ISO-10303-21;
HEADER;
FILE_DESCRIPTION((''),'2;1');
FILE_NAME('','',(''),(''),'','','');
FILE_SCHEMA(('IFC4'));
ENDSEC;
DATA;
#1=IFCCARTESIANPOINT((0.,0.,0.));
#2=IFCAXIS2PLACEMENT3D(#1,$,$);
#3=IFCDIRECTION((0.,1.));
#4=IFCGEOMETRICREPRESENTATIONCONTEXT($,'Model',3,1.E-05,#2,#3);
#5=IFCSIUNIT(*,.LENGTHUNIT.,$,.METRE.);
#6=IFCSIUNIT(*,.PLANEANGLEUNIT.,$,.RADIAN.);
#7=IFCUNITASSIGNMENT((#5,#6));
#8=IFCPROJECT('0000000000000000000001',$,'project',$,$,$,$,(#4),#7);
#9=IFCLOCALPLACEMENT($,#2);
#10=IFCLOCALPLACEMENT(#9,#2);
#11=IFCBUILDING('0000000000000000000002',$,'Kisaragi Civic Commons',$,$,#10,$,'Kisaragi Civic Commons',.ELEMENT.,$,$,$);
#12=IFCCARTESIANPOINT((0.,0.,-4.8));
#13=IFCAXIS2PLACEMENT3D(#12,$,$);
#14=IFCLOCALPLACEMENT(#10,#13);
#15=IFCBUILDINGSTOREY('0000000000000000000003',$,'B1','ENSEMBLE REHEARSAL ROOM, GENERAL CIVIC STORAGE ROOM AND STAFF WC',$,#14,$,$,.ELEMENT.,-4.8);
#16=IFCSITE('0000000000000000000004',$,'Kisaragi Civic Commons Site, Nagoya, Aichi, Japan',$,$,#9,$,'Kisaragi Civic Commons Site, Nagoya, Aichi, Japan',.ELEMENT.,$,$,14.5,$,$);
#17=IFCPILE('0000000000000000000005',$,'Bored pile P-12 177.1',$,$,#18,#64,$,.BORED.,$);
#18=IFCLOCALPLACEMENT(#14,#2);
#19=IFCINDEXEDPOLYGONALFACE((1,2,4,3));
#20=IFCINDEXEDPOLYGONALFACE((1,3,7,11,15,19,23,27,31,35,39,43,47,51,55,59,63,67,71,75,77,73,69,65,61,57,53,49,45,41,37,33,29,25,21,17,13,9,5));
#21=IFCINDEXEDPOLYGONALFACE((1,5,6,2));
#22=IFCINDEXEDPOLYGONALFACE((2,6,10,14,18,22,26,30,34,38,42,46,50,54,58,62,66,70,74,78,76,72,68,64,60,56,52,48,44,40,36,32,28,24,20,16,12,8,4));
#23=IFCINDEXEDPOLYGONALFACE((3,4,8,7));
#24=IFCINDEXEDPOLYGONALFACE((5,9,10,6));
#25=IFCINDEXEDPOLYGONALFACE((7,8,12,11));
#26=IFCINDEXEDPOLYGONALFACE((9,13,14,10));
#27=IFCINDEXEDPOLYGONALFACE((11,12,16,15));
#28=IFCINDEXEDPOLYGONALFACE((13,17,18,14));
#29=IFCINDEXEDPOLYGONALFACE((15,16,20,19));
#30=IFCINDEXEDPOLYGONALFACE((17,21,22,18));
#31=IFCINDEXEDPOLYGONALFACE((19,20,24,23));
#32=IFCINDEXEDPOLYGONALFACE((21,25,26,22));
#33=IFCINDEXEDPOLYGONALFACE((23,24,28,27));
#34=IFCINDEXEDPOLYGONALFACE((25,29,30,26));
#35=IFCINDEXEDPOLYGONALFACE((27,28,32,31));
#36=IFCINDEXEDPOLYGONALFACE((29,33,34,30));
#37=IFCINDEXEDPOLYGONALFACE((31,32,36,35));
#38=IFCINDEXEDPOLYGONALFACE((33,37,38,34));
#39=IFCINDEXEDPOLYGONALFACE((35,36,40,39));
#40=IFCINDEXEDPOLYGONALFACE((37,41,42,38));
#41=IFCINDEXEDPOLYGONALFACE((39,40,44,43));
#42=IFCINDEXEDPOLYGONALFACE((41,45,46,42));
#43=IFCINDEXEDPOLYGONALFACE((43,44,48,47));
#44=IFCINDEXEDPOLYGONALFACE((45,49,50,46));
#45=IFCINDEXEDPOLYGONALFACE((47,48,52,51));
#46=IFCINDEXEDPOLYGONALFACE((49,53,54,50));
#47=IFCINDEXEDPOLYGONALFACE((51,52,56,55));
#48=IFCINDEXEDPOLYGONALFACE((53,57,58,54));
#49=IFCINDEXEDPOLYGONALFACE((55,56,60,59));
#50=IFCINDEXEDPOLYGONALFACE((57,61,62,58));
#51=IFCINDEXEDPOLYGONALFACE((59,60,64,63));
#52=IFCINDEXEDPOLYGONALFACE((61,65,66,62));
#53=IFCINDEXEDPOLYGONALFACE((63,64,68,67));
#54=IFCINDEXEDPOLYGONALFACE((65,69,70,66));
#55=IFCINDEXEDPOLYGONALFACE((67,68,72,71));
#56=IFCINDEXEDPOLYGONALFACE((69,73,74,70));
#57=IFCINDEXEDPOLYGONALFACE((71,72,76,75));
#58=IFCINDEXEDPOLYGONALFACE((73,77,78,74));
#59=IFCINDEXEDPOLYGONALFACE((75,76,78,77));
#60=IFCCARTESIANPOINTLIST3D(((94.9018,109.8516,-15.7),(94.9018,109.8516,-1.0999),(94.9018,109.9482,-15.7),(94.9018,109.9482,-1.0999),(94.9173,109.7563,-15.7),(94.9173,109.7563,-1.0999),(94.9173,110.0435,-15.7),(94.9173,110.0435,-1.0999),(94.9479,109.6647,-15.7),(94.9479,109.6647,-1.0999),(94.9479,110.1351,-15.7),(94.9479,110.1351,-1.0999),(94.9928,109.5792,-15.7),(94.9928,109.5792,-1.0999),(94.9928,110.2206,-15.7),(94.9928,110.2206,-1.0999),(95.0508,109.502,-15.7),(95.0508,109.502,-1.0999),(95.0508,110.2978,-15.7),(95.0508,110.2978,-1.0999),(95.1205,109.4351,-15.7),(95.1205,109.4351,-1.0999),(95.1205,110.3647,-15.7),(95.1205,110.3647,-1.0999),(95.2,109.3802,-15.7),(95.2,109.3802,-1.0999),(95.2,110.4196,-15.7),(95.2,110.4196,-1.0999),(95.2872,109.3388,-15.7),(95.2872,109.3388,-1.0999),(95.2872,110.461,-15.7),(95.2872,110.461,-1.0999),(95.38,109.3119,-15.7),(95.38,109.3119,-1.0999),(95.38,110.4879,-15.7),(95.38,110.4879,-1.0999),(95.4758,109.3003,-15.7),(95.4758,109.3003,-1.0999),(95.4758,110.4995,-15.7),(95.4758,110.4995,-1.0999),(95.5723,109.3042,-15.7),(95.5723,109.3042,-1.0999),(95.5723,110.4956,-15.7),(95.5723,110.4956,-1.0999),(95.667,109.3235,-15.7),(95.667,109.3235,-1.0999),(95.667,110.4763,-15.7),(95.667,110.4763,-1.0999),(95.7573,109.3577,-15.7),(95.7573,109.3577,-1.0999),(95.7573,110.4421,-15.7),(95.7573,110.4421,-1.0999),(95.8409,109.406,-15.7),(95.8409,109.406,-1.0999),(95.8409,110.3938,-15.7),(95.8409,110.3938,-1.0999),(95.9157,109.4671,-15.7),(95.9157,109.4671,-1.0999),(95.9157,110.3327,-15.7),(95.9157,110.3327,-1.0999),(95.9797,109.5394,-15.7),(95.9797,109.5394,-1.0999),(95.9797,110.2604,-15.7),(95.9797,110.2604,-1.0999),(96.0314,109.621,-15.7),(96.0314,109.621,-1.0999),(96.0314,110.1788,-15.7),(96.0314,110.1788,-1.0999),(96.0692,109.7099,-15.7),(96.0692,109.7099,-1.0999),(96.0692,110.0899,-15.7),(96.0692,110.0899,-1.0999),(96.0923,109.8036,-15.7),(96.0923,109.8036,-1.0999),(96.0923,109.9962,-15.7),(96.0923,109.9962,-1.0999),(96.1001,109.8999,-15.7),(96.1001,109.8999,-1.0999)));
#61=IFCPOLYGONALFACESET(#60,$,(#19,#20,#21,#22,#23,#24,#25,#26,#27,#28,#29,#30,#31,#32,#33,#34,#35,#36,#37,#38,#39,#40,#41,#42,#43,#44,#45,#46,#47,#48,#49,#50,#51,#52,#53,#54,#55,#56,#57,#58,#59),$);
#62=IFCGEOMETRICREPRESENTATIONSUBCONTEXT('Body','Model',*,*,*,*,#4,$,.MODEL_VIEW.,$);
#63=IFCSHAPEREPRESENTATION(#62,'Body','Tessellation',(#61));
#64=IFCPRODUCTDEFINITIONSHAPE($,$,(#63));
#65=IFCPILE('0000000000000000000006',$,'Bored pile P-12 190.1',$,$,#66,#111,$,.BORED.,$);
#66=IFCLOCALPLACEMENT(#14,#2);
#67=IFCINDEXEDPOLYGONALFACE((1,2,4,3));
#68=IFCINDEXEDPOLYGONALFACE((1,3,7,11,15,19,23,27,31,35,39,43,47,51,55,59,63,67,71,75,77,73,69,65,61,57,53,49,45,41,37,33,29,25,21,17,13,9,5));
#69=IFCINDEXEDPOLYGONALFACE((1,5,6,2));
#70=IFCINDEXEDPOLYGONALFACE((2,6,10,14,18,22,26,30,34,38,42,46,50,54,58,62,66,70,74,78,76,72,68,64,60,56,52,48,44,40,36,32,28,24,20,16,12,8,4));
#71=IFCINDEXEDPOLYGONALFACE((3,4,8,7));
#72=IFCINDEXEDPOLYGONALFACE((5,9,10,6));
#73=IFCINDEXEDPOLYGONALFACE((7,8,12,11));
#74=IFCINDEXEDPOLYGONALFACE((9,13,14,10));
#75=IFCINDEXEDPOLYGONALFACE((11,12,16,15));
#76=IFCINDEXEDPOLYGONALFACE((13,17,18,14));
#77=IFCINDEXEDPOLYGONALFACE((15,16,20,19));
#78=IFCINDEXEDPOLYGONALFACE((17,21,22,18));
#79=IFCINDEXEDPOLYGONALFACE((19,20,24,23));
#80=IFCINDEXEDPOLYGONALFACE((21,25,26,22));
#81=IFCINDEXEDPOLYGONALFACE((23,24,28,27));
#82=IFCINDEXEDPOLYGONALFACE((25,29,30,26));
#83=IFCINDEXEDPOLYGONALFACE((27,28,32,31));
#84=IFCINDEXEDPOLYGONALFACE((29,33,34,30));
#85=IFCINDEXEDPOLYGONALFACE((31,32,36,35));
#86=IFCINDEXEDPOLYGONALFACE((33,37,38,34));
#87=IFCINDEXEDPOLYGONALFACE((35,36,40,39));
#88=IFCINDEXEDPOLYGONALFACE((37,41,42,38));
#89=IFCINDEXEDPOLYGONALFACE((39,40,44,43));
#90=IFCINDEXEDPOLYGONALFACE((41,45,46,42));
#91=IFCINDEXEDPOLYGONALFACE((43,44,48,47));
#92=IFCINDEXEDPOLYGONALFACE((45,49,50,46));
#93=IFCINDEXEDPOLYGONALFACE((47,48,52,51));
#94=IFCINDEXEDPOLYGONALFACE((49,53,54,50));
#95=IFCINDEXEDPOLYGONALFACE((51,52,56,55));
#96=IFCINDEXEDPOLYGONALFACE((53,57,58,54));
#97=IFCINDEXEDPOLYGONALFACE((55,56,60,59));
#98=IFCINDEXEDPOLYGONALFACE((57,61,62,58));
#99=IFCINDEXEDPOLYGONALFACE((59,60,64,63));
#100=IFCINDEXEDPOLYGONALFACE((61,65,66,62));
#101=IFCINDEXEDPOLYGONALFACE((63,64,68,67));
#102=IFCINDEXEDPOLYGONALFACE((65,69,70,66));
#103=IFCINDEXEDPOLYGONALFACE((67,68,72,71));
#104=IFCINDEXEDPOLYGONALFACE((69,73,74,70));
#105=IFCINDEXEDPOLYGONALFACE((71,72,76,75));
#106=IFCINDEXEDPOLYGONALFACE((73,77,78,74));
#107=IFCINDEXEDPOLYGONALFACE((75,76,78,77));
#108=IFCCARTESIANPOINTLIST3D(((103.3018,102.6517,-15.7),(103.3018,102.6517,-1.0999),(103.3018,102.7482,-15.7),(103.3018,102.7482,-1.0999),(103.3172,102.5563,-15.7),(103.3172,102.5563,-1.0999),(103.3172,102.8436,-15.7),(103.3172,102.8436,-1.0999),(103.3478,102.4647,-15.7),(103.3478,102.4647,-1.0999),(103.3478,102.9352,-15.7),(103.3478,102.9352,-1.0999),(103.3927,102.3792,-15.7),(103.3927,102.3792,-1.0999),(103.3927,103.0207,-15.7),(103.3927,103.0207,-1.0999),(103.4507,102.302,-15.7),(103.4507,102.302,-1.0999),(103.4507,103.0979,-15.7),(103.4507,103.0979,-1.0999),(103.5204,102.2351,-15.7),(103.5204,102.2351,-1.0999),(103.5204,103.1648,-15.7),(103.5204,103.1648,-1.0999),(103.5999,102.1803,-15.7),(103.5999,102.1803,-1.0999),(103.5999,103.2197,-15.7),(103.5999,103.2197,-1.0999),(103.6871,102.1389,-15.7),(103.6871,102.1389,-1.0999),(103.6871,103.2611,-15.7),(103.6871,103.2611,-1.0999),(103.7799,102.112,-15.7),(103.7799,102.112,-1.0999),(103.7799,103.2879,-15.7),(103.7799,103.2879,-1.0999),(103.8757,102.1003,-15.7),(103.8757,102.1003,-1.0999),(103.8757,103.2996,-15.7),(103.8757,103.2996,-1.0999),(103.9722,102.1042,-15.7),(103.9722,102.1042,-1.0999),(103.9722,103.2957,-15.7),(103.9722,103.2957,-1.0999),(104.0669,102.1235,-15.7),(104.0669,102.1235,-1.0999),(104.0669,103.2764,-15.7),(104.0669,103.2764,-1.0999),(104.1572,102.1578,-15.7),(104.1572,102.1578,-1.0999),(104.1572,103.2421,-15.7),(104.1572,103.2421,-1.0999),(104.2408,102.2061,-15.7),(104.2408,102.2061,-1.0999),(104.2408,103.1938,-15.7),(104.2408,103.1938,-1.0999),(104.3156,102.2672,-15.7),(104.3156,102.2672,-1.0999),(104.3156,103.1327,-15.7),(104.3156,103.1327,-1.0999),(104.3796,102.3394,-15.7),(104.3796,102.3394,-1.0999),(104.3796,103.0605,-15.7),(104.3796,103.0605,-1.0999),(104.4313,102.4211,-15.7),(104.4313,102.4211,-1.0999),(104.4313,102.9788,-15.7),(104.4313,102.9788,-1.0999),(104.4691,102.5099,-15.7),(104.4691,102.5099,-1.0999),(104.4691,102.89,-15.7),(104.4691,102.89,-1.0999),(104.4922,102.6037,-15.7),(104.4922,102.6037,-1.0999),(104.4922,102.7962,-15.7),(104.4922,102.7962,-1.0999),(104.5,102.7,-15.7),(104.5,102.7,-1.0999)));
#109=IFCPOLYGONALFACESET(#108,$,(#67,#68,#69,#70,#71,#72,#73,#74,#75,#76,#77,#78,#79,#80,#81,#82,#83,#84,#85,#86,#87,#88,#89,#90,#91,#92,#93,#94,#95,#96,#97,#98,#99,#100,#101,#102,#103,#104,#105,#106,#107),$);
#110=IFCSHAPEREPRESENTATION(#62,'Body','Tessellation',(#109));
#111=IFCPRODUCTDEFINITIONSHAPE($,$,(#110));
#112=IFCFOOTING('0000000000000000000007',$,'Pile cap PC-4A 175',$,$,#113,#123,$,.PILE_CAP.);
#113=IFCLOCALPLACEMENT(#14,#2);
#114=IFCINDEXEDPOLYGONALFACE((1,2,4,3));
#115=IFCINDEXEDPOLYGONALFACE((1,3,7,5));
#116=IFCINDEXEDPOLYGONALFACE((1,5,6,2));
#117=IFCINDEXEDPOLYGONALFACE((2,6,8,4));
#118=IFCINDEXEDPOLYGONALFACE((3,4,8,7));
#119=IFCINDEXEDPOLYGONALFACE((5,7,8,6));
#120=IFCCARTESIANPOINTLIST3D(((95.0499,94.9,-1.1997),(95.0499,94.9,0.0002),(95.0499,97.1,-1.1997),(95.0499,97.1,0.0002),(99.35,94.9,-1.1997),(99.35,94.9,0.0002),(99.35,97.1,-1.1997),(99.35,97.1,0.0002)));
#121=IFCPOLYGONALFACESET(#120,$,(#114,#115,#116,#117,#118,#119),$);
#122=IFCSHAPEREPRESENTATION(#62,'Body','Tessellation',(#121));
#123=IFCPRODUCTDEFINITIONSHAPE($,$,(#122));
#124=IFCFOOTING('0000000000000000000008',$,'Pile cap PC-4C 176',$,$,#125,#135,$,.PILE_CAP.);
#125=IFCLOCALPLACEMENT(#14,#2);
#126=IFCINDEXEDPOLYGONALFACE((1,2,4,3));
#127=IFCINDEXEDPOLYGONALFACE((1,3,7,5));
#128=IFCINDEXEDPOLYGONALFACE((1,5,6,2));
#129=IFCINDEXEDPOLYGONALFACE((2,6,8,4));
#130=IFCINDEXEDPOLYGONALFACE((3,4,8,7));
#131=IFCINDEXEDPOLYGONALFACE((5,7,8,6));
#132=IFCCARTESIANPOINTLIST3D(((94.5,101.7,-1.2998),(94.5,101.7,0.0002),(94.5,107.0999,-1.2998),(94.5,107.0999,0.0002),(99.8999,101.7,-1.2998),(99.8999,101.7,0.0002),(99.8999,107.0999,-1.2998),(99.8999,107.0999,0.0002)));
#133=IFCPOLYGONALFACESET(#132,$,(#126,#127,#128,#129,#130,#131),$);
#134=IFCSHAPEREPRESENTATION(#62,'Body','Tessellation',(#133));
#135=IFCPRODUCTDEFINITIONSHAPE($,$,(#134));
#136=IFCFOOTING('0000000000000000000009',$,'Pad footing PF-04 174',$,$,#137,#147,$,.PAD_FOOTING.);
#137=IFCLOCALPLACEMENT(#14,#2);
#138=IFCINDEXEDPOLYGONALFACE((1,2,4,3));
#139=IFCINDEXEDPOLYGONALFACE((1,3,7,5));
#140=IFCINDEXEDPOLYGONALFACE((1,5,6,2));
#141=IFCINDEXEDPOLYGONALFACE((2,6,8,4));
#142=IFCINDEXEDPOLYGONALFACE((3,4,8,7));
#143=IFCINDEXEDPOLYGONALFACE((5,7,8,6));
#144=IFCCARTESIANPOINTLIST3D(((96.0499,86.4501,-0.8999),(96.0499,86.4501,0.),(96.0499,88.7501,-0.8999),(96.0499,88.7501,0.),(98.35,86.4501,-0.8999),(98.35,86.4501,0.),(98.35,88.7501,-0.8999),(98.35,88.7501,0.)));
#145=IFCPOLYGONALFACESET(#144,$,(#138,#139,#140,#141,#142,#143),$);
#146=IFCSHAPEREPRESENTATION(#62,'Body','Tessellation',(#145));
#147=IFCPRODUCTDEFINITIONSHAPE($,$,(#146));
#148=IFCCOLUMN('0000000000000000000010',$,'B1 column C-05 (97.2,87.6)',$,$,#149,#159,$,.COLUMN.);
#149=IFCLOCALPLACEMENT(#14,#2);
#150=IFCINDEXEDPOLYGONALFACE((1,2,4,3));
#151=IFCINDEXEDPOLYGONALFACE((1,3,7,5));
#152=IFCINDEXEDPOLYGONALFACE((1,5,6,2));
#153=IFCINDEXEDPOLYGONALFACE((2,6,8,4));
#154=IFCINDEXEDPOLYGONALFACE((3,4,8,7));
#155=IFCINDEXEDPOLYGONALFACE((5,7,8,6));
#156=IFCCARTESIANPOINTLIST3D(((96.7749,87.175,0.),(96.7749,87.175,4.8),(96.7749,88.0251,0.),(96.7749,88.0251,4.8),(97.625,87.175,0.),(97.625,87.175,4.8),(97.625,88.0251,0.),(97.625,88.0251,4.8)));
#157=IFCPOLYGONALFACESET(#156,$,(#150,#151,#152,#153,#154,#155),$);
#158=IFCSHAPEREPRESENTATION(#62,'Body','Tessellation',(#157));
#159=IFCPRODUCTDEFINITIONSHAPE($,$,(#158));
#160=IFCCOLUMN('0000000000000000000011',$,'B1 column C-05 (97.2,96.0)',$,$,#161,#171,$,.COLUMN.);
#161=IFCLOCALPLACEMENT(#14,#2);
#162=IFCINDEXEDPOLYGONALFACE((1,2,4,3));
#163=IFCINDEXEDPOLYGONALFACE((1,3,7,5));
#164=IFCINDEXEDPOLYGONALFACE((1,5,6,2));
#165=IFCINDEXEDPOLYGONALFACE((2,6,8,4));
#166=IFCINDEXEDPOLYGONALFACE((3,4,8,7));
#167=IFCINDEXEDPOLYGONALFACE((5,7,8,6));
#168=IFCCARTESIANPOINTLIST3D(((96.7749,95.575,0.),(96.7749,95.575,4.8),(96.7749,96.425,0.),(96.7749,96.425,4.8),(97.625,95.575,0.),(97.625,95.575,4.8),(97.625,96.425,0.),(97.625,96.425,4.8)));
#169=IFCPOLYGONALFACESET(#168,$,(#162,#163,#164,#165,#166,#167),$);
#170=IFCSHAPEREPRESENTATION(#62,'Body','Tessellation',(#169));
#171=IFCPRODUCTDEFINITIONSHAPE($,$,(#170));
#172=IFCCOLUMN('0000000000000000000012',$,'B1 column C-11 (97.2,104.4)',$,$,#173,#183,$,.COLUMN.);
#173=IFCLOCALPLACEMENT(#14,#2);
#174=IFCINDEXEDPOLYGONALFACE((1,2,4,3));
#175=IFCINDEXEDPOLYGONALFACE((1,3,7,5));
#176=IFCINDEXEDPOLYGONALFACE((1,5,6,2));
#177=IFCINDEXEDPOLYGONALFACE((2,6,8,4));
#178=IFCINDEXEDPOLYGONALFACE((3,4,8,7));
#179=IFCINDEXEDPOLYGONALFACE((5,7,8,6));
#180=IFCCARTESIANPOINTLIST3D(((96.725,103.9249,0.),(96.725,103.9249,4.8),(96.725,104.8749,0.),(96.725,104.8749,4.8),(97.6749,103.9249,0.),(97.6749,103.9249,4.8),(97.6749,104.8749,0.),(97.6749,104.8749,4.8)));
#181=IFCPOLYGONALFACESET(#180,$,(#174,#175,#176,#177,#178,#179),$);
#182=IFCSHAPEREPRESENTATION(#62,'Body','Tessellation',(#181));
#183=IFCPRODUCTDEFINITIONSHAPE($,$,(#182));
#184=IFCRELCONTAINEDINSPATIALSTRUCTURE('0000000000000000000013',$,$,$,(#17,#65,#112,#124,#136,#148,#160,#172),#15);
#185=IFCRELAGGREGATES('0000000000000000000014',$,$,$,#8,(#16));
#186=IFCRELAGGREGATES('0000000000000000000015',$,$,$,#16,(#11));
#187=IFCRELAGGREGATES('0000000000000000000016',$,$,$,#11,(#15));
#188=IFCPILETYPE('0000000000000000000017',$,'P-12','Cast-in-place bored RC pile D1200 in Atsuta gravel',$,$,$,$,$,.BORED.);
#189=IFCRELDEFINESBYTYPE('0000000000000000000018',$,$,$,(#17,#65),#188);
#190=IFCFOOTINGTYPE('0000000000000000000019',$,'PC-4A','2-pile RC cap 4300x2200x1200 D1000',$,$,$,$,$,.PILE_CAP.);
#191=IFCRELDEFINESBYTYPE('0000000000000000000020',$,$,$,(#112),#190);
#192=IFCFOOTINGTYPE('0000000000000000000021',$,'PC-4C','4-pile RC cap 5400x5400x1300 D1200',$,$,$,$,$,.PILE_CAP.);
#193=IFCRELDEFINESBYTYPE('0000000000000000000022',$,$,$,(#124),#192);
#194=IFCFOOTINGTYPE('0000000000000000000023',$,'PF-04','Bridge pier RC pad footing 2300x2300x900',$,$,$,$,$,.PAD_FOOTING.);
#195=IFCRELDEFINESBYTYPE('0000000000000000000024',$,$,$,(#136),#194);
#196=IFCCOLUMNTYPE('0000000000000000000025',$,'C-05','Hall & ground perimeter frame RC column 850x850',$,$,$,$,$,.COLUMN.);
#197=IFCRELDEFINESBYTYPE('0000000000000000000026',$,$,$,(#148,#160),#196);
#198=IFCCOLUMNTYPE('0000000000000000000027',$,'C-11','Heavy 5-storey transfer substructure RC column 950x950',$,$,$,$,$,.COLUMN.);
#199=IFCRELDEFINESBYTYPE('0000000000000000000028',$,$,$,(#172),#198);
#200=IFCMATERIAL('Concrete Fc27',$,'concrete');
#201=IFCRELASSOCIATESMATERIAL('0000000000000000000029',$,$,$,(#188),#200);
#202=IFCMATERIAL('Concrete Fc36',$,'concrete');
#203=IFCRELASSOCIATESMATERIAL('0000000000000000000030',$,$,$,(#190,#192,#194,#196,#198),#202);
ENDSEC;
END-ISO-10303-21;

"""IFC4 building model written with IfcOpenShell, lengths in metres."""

from ifc_helpers import new_model, si_unit, direction, frame, origin, origin_2d, place, context, subcontext, project, spatial, rectangle, circle, extrude, material, material_profile, profile_set, type_object, element, save


model = new_model("IFC4")

# Units and contexts
model_context = context("Model", 3, precision=1e-05, world=origin(), true_north=direction((0.0, 1.0)))
body_context = subcontext(model_context, "Body", "Model", "MODEL_VIEW")
ifc_project = project(units=[si_unit("LENGTHUNIT", "METRE"), si_unit("PLANEANGLEUNIT", "RADIAN")], contexts=[model_context])

# Site, building, storey
site_placement = place(None, origin())
site = spatial("IfcSite", under=ifc_project, at=site_placement, Name="Kisaragi Civic Commons Site, Nagoya, Aichi, Japan", LongName="Kisaragi Civic Commons Site, Nagoya, Aichi, Japan", CompositionType="ELEMENT", RefElevation=14.5)
building_placement = place(site_placement, origin())
building = spatial("IfcBuilding", under=site, at=building_placement, Name="Kisaragi Civic Commons", LongName="Kisaragi Civic Commons", CompositionType="ELEMENT")
storey_placement = place(building_placement, frame((0.0, 0.0, -4.8)))
storey = spatial("IfcBuildingStorey", under=building, at=storey_placement, Name="B1", Description="ENSEMBLE REHEARSAL ROOM, GENERAL CIVIC STORAGE ROOM AND STAFF WC", CompositionType="ELEMENT", Elevation=-4.8)

# Shared definitions
ifc_material_1 = material(Name="Concrete Fc27", Category="concrete")

# Piles
ifc_material_profile_1 = material_profile(ifc_material_1, circle(Radius=0.6001, at=origin_2d()), Name="PILE-D1200", Category="concrete")
ifc_profile_set_1 = profile_set([ifc_material_profile_1], Name="Concrete Fc27")
pile_type_1 = type_object("IfcPileType", Name="P-12", Description="Cast-in-place bored RC pile D1200 in Atsuta gravel", PredefinedType="BORED", material=ifc_profile_set_1)
for number, where, z_axis, x_axis, name in (
    (1, (95.5, 109.8999, -1.0999), (0.0, 0.0, -1.0), (1.0, 0.0, 0.0), "Bored pile P-12 177.1"),
    (2, (103.8999, 102.7, -1.0999), (0.0, 0.0, -1.0), (1.0, 0.0, 0.0), "Bored pile P-12 190.1"),
):
    element("IfcPile", number, at=place(storey_placement, frame(where, z_axis=z_axis, x_axis=x_axis)), inside=storey, type_object=pile_type_1, Name=name, PredefinedType="BORED", context=body_context, shape_type="SweptSolid", body=[
        extrude(circle(Radius=0.6001, at=origin_2d()), origin(), (0.0, 0.0, 1.0), 14.6001),
    ])

# Footings
ifc_material_2 = material(Name="Concrete Fc36", Category="concrete")
footing_type_1 = type_object("IfcFootingType", Name="PC-4A", Description="2-pile RC cap 4300x2200x1200 D1000", PredefinedType="PILE_CAP", material=ifc_material_2)
footing_1_placement = place(storey_placement, frame((97.2, 96.0, -1.1997), z_axis=(0.0, 0.0, 1.0), x_axis=(1.0, 0.0, 0.0)))
element("IfcFooting", 3, at=footing_1_placement, inside=storey, type_object=footing_type_1, Name="Pile cap PC-4A 175", PredefinedType="PILE_CAP", context=body_context, shape_type="SweptSolid", body=[
    extrude(rectangle(XDim=4.3, YDim=2.2, at=origin_2d()), origin(), (0.0, 0.0, 1.0), 1.2),
])
footing_type_2 = type_object("IfcFootingType", Name="PC-4C", Description="4-pile RC cap 5400x5400x1300 D1200", PredefinedType="PILE_CAP", material=ifc_material_2)
footing_2_placement = place(storey_placement, frame((97.2, 104.3999, -1.2998), z_axis=(0.0, 0.0, 1.0), x_axis=(1.0, 0.0, 0.0)))
element("IfcFooting", 4, at=footing_2_placement, inside=storey, type_object=footing_type_2, Name="Pile cap PC-4C 176", PredefinedType="PILE_CAP", context=body_context, shape_type="SweptSolid", body=[
    extrude(rectangle(XDim=5.3999, YDim=5.3999, at=origin_2d()), origin(), (0.0, 0.0, 1.0), 1.3),
])
footing_type_3 = type_object("IfcFootingType", Name="PF-04", Description="Bridge pier RC pad footing 2300x2300x900", PredefinedType="PAD_FOOTING", material=ifc_material_2)
footing_3_placement = place(storey_placement, frame((97.2, 87.6001, -0.8999), z_axis=(0.0, 0.0, 1.0), x_axis=(1.0, 0.0, 0.0)))
element("IfcFooting", 5, at=footing_3_placement, inside=storey, type_object=footing_type_3, Name="Pad footing PF-04 174", PredefinedType="PAD_FOOTING", context=body_context, shape_type="SweptSolid", body=[
    extrude(rectangle(XDim=2.3, YDim=2.3, at=origin_2d()), origin(), (0.0, 0.0, 1.0), 0.8999),
])

# Columns
ifc_material_profile_2 = material_profile(ifc_material_2, rectangle(XDim=0.8501, YDim=0.8501, at=origin_2d()), Name="RC-850x850", Category="concrete")
ifc_profile_set_2 = profile_set([ifc_material_profile_2], Name="Concrete Fc36")
column_type_1 = type_object("IfcColumnType", Name="C-05", Description="Hall & ground perimeter frame RC column 850x850", PredefinedType="COLUMN", material=ifc_profile_set_2)
for number, where, z_axis, x_axis, name in (
    (6, (97.2, 87.6001, 0.0), (0.0, 0.0, 1.0), (1.0, 0.0, 0.0), "B1 column C-05 (97.2,87.6)"),
    (7, (97.2, 96.0, 0.0), (0.0, 0.0, 1.0), (1.0, 0.0, 0.0), "B1 column C-05 (97.2,96.0)"),
):
    element("IfcColumn", number, at=place(storey_placement, frame(where, z_axis=z_axis, x_axis=x_axis)), inside=storey, type_object=column_type_1, Name=name, PredefinedType="COLUMN", context=body_context, shape_type="SweptSolid", body=[
        extrude(rectangle(XDim=0.8501, YDim=0.8501, at=origin_2d()), origin(), (0.0, 0.0, 1.0), 4.8),
    ])
ifc_material_profile_3 = material_profile(ifc_material_2, rectangle(XDim=0.95, YDim=0.95, at=origin_2d()), Name="RC-950x950", Category="concrete")
ifc_profile_set_3 = profile_set([ifc_material_profile_3], Name="Concrete Fc36")
column_type_2 = type_object("IfcColumnType", Name="C-11", Description="Heavy 5-storey transfer substructure RC column 950x950", PredefinedType="COLUMN", material=ifc_profile_set_3)
column_1_placement = place(storey_placement, frame((97.2, 104.3999, 0.0), z_axis=(0.0, 0.0, 1.0), x_axis=(1.0, 0.0, 0.0)))
element("IfcColumn", 8, at=column_1_placement, inside=storey, type_object=column_type_2, Name="B1 column C-11 (97.2,104.4)", PredefinedType="COLUMN", context=body_context, shape_type="SweptSolid", body=[
    extrude(rectangle(XDim=0.95, YDim=0.95, at=origin_2d()), origin(), (0.0, 0.0, 1.0), 4.8),
])

save(model, "model.ifc")
